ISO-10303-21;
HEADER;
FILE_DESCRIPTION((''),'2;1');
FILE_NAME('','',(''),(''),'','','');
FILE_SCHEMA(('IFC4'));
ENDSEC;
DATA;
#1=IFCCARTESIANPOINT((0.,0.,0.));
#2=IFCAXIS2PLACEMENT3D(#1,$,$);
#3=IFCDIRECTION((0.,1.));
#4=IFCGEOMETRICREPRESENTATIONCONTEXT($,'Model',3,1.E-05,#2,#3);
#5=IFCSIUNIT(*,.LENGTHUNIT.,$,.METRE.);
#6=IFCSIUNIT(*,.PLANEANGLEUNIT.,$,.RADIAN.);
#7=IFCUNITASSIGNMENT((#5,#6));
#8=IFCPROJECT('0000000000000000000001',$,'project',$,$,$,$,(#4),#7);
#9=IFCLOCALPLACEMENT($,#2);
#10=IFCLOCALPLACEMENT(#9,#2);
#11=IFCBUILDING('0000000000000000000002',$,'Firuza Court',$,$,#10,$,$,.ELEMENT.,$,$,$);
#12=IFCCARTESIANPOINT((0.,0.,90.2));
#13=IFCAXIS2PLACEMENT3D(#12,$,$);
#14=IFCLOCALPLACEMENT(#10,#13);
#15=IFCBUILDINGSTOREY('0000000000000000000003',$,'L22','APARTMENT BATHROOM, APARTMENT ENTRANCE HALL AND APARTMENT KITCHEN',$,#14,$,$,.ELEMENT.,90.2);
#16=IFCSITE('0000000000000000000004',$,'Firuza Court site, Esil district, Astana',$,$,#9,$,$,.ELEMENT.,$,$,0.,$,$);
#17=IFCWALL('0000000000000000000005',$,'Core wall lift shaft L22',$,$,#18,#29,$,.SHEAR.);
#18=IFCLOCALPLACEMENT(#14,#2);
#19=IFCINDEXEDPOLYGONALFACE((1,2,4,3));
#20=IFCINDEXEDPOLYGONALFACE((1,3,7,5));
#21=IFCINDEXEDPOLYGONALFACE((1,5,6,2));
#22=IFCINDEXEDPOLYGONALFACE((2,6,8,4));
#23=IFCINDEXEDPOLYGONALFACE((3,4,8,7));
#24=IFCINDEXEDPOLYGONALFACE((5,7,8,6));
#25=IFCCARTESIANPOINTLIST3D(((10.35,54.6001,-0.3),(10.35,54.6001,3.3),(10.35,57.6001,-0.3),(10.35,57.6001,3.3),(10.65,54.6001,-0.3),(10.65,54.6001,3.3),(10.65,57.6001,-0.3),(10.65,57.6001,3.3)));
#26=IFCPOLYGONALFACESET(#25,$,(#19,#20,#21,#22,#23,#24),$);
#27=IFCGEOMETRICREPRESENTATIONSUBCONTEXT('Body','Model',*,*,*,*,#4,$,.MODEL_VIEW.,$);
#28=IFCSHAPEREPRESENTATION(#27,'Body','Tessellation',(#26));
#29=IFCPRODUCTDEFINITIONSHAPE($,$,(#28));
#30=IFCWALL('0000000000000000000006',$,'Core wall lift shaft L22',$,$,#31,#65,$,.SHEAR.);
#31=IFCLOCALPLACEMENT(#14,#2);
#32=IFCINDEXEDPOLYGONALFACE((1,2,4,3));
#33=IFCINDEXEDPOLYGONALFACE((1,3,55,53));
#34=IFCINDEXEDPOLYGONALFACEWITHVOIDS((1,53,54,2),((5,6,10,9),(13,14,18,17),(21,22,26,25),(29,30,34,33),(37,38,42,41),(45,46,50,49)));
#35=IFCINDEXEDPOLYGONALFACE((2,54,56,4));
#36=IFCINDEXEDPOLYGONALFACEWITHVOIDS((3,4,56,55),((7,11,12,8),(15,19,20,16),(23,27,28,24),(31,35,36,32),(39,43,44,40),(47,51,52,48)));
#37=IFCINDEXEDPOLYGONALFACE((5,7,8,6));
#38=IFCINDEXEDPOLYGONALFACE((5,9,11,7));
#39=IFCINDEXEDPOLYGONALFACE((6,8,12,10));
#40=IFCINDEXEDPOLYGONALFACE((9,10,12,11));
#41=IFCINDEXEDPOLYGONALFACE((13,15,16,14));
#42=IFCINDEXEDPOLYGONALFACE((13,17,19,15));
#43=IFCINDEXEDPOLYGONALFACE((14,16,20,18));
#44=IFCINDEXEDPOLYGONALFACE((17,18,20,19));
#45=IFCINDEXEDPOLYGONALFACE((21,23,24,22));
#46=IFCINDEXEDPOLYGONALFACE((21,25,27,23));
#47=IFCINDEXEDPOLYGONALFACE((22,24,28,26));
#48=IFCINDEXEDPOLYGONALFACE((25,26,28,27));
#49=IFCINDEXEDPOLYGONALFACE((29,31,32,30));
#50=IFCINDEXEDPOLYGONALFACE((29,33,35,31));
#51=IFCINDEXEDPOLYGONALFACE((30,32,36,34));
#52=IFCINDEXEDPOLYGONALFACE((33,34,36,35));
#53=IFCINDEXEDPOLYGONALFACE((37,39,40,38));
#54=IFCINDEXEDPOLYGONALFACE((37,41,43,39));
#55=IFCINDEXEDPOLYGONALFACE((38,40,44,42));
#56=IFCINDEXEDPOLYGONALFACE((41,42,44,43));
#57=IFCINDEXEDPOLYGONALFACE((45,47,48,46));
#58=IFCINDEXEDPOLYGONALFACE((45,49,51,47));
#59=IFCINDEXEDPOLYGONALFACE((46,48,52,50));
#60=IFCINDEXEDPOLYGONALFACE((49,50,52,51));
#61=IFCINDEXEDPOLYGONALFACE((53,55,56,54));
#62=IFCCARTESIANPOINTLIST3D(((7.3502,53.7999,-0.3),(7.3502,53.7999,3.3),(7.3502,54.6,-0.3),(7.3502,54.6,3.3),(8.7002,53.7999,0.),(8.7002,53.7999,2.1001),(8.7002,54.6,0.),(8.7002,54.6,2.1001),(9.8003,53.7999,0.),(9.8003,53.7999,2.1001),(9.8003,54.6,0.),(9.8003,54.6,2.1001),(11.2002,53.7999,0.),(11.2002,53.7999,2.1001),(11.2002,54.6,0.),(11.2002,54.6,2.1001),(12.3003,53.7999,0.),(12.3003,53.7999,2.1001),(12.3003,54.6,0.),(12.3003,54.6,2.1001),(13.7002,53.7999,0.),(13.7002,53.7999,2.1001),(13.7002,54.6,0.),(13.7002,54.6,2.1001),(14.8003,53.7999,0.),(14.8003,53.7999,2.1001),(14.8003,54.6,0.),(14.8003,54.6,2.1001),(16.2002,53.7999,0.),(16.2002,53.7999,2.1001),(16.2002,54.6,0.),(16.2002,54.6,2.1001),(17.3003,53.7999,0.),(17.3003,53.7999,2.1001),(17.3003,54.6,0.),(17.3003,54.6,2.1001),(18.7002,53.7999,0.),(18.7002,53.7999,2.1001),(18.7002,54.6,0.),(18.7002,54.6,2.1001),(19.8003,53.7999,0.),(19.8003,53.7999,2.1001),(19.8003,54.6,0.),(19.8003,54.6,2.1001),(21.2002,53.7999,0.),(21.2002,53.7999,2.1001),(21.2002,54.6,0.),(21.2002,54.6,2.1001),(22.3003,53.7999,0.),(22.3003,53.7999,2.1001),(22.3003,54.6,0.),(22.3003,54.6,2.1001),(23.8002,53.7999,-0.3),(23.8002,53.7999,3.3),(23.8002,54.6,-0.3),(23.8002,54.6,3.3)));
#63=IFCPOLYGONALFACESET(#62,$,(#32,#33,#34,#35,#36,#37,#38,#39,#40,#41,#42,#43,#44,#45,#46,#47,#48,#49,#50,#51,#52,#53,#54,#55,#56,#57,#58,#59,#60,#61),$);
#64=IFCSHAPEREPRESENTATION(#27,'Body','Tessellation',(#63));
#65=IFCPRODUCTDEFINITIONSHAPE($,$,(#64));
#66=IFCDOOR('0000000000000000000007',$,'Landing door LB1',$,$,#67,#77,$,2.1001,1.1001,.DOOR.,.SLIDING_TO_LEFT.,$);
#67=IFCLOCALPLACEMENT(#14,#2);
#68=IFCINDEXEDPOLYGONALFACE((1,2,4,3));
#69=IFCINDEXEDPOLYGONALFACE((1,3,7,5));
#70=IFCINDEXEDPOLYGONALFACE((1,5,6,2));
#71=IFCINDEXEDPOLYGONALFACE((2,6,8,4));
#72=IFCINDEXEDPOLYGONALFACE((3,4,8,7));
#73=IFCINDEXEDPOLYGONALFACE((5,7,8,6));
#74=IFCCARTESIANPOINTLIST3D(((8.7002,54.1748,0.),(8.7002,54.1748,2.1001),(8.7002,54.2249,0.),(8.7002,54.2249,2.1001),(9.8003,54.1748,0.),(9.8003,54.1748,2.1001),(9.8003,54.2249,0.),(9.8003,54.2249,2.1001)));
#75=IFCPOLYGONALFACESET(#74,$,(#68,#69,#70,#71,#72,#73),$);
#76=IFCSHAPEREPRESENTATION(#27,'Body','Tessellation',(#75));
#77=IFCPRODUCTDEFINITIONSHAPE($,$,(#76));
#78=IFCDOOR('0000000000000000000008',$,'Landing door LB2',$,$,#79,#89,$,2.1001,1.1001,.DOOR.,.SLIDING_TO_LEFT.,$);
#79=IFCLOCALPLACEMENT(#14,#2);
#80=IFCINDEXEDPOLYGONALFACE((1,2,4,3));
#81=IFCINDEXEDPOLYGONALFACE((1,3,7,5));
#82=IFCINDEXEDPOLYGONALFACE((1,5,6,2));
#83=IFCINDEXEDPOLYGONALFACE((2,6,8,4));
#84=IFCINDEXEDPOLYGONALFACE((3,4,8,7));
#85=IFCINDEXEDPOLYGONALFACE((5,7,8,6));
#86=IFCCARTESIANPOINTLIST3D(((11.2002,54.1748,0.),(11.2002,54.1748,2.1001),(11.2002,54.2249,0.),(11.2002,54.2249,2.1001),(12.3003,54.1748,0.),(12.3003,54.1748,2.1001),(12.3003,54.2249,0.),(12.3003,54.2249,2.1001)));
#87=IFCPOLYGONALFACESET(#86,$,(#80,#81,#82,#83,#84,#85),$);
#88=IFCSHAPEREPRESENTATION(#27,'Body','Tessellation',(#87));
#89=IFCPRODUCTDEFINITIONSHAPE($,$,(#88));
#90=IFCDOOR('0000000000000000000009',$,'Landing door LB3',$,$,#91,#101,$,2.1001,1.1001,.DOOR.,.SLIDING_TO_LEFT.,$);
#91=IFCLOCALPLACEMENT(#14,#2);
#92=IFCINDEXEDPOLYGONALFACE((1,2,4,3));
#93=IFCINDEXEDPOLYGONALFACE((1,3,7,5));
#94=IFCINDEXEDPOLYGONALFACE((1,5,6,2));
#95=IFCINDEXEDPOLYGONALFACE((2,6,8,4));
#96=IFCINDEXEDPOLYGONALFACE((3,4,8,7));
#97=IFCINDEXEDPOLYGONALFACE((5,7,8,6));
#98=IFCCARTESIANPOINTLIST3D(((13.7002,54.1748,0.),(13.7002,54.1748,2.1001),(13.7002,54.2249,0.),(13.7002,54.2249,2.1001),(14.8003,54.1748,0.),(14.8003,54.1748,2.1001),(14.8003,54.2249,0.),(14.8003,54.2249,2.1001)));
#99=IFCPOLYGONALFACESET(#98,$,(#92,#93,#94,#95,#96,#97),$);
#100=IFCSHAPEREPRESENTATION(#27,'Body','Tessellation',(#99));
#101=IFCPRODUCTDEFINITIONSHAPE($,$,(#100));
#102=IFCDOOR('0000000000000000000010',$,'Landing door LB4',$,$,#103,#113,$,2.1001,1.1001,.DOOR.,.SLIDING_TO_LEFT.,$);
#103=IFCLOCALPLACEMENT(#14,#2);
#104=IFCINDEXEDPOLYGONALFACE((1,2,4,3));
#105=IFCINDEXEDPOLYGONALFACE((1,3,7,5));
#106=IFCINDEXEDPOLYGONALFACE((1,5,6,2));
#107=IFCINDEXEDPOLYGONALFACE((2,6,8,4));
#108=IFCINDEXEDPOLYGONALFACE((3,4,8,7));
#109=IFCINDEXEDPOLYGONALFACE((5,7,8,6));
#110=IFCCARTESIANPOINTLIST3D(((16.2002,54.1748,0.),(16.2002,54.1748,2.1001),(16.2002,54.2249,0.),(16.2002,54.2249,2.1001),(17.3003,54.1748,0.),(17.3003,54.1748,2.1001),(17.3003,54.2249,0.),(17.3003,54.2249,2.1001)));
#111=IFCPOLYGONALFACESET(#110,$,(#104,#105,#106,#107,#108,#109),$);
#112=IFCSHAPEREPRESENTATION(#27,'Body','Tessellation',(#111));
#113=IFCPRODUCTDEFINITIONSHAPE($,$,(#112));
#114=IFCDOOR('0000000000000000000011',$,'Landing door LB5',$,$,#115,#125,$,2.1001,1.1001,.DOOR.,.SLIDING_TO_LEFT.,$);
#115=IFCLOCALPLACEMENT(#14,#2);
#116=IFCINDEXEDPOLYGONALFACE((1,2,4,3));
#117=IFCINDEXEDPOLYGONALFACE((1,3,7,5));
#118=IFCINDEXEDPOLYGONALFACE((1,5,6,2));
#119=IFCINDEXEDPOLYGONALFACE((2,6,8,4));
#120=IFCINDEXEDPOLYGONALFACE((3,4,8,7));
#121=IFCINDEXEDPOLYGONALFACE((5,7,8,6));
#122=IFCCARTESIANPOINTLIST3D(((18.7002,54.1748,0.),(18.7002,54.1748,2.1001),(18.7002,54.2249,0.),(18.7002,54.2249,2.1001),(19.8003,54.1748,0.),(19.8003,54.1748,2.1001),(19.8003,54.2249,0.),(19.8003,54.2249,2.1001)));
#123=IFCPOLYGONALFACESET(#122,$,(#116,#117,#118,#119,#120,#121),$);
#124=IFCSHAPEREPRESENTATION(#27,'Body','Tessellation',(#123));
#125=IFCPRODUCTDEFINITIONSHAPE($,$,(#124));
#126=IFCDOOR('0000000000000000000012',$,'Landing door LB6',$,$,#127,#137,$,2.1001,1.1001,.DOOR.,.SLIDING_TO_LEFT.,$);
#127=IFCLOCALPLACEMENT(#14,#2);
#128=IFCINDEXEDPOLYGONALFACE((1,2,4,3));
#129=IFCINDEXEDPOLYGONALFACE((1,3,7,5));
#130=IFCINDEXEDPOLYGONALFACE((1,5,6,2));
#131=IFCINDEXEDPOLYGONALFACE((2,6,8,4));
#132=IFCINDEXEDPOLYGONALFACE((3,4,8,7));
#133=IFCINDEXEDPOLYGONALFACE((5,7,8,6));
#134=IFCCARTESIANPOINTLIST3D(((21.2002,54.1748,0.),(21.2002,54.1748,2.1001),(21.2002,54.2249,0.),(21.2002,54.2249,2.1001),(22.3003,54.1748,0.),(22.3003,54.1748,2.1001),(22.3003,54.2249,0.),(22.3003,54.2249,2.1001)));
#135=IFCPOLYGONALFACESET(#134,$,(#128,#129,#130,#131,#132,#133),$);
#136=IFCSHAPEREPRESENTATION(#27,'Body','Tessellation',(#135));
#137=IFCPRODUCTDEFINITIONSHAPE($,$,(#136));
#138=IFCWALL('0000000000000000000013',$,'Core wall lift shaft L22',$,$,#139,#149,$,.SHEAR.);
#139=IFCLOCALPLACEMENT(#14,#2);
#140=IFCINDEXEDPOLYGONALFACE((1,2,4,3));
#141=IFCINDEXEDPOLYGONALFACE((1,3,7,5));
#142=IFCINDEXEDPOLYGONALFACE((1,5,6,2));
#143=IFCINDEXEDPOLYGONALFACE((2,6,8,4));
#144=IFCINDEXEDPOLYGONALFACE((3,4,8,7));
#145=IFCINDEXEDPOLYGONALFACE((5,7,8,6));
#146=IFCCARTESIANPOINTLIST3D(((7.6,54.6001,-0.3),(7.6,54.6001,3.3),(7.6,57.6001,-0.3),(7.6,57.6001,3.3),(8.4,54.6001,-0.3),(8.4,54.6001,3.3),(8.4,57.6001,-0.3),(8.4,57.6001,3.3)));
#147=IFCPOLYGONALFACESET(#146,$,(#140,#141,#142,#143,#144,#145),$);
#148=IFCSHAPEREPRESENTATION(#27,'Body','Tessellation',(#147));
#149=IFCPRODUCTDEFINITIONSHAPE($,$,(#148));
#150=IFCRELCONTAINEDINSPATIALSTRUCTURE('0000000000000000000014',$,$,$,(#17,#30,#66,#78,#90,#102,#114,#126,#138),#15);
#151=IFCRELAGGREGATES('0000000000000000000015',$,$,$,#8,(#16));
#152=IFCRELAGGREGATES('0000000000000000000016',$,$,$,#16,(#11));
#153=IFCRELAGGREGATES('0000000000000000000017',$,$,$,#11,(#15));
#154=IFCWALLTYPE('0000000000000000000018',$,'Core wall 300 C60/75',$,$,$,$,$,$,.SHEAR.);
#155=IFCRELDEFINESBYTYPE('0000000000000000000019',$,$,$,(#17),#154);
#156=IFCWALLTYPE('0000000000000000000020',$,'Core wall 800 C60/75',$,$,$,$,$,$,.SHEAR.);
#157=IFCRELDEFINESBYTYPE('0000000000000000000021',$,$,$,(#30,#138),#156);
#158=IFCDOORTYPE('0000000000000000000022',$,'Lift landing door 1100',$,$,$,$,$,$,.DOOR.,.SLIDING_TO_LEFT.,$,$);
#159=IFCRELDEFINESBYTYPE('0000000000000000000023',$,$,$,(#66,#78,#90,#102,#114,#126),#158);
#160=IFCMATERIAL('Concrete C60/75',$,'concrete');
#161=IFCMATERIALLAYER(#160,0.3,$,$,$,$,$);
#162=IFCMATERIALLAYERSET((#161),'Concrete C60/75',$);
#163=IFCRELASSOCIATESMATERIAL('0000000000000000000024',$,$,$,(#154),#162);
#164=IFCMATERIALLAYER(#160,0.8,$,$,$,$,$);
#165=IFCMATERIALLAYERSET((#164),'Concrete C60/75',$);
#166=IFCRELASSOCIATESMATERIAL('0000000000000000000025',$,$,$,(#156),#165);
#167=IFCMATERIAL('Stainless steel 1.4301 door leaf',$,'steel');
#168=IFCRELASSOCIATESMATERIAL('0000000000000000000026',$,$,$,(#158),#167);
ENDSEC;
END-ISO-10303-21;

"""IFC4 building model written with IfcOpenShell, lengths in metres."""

from ifc_helpers import new_model, si_unit, direction, frame, frame_2d, origin, place, context, subcontext, project, spatial, rectangle, extrude, material, layer, layer_set, type_object, element, fill, save


model = new_model("IFC4")

# Units and contexts
model_context = context("Model", 3, precision=1e-05, world=origin(), true_north=direction((0.0, 1.0)))
body_context = subcontext(model_context, "Body", "Model", "MODEL_VIEW")
ifc_project = project(units=[si_unit("LENGTHUNIT", "METRE"), si_unit("PLANEANGLEUNIT", "RADIAN")], contexts=[model_context])

# Site, building, storey
site_placement = place(None, origin())
site = spatial("IfcSite", under=ifc_project, at=site_placement, Name="Firuza Court site, Esil district, Astana", CompositionType="ELEMENT", RefElevation=0.0)
building_placement = place(site_placement, origin())
building = spatial("IfcBuilding", under=site, at=building_placement, Name="Firuza Court", CompositionType="ELEMENT")
storey_placement = place(building_placement, frame((0.0, 0.0, 90.2)))
storey = spatial("IfcBuildingStorey", under=building, at=storey_placement, Name="L22", Description="APARTMENT BATHROOM, APARTMENT ENTRANCE HALL AND APARTMENT KITCHEN", CompositionType="ELEMENT", Elevation=90.2)

# Wall
ifc_material_1 = material(Name="Concrete C60/75", Category="concrete")
ifc_layer_1 = layer(ifc_material_1, 0.3)
ifc_layer_set_1 = layer_set([ifc_layer_1], Name="Concrete C60/75")
wall_type_1 = type_object("IfcWallType", Name="Core wall 300 C60/75", PredefinedType="SHEAR", material=ifc_layer_set_1)
wall_1_placement = place(storey_placement, frame((10.5, 54.6001, -0.3), z_axis=(0.0, 0.0, 1.0), x_axis=(0.0, 1.0, 0.0)))
element("IfcWall", 1, at=wall_1_placement, inside=storey, type_object=wall_type_1, Name="Core wall lift shaft L22", PredefinedType="SHEAR", context=body_context, shape_type="SweptSolid", body=[
    extrude(rectangle(XDim=3.0, YDim=0.3, at=frame_2d((1.5, 0.0))), origin(), (0.0, 0.0, 1.0), 3.6001),
])

# Wall, openings, doors
ifc_layer_2 = layer(ifc_material_1, 0.8)
ifc_layer_set_2 = layer_set([ifc_layer_2], Name="Concrete C60/75")
wall_type_2 = type_object("IfcWallType", Name="Core wall 800 C60/75", PredefinedType="SHEAR", material=ifc_layer_set_2)
wall_2_placement = place(storey_placement, frame((7.3501, 54.2, -0.3), z_axis=(0.0, 0.0, 1.0), x_axis=(1.0, 0.0, 0.0)))
wall_2 = element("IfcWall", 2, at=wall_2_placement, inside=storey, type_object=wall_type_2, Name="Core wall lift shaft L22", PredefinedType="SHEAR", context=body_context, shape_type="SweptSolid", body=[
    extrude(rectangle(XDim=16.45, YDim=0.8, at=frame_2d((8.2251, 0.0))), origin(), (0.0, 0.0, 1.0), 3.6001),
])
opening_1_placement = place(wall_2_placement, frame((1.3501, 0.0, 0.3)))
opening_1 = element("IfcOpeningElement", 3, at=opening_1_placement, cuts=wall_2, PredefinedType="OPENING", context=body_context, shape_type="SweptSolid", body=[
    extrude(rectangle(XDim=1.1001, YDim=2.1001, at=frame_2d((0.55, 1.05))), frame((0.0, 0.4121, 0.0), z_axis=(0.0, -1.0, 0.0), x_axis=(1.0, 0.0, 0.0)), (0.0, 0.0, 1.0), 0.824),
])
opening_2_placement = place(wall_2_placement, frame((3.8501, 0.0, 0.3)))
opening_2 = element("IfcOpeningElement", 4, at=opening_2_placement, cuts=wall_2, PredefinedType="OPENING", context=body_context, shape_type="SweptSolid", body=[
    extrude(rectangle(XDim=1.1001, YDim=2.1001, at=frame_2d((0.55, 1.05))), frame((0.0, 0.4121, 0.0), z_axis=(0.0, -1.0, 0.0), x_axis=(1.0, 0.0, 0.0)), (0.0, 0.0, 1.0), 0.824),
])
opening_3_placement = place(wall_2_placement, frame((6.3501, 0.0, 0.3)))
opening_3 = element("IfcOpeningElement", 5, at=opening_3_placement, cuts=wall_2, PredefinedType="OPENING", context=body_context, shape_type="SweptSolid", body=[
    extrude(rectangle(XDim=1.1001, YDim=2.1001, at=frame_2d((0.55, 1.05))), frame((0.0, 0.4121, 0.0), z_axis=(0.0, -1.0, 0.0), x_axis=(1.0, 0.0, 0.0)), (0.0, 0.0, 1.0), 0.824),
])
opening_4_placement = place(wall_2_placement, frame((8.8501, 0.0, 0.3)))
opening_4 = element("IfcOpeningElement", 6, at=opening_4_placement, cuts=wall_2, PredefinedType="OPENING", context=body_context, shape_type="SweptSolid", body=[
    extrude(rectangle(XDim=1.1001, YDim=2.1001, at=frame_2d((0.55, 1.05))), frame((0.0, 0.4121, 0.0), z_axis=(0.0, -1.0, 0.0), x_axis=(1.0, 0.0, 0.0)), (0.0, 0.0, 1.0), 0.824),
])
opening_5_placement = place(wall_2_placement, frame((11.3501, 0.0, 0.3)))
opening_5 = element("IfcOpeningElement", 7, at=opening_5_placement, cuts=wall_2, PredefinedType="OPENING", context=body_context, shape_type="SweptSolid", body=[
    extrude(rectangle(XDim=1.1001, YDim=2.1001, at=frame_2d((0.55, 1.05))), frame((0.0, 0.4121, 0.0), z_axis=(0.0, -1.0, 0.0), x_axis=(1.0, 0.0, 0.0)), (0.0, 0.0, 1.0), 0.824),
])
opening_6_placement = place(wall_2_placement, frame((13.8501, 0.0, 0.3)))
opening_6 = element("IfcOpeningElement", 8, at=opening_6_placement, cuts=wall_2, PredefinedType="OPENING", context=body_context, shape_type="SweptSolid", body=[
    extrude(rectangle(XDim=1.1001, YDim=2.1001, at=frame_2d((0.55, 1.05))), frame((0.0, 0.4121, 0.0), z_axis=(0.0, -1.0, 0.0), x_axis=(1.0, 0.0, 0.0)), (0.0, 0.0, 1.0), 0.824),
])
ifc_material_2 = material(Name="Stainless steel 1.4301 door leaf", Category="steel")
door_type_1 = type_object("IfcDoorType", Name="Lift landing door 1100", OperationType="SLIDING_TO_LEFT", PredefinedType="DOOR", material=ifc_material_2)
door_1_placement = place(opening_1_placement, origin())
door_1 = element("IfcDoor", 9, at=door_1_placement, inside=storey, type_object=door_type_1, Name="Landing door LB1", OperationType="SLIDING_TO_LEFT", OverallHeight=2.1001, OverallWidth=1.1001, PredefinedType="DOOR", context=body_context, shape_type="SweptSolid", body=[
    extrude(rectangle(XDim=1.1001, YDim=2.1001, at=frame_2d((0.55, 1.05))), frame((0.0, 0.0249, 0.0), z_axis=(0.0, -1.0, 0.0), x_axis=(1.0, 0.0, 0.0)), (0.0, 0.0, 1.0), 0.05),
])
fill(opening_1, door_1)
door_2_placement = place(opening_2_placement, origin())
door_2 = element("IfcDoor", 10, at=door_2_placement, inside=storey, type_object=door_type_1, Name="Landing door LB2", OperationType="SLIDING_TO_LEFT", OverallHeight=2.1001, OverallWidth=1.1001, PredefinedType="DOOR", context=body_context, shape_type="SweptSolid", body=[
    extrude(rectangle(XDim=1.1001, YDim=2.1001, at=frame_2d((0.55, 1.05))), frame((0.0, 0.0249, 0.0), z_axis=(0.0, -1.0, 0.0), x_axis=(1.0, 0.0, 0.0)), (0.0, 0.0, 1.0), 0.05),
])
fill(opening_2, door_2)
door_3_placement = place(opening_3_placement, origin())
door_3 = element("IfcDoor", 11, at=door_3_placement, inside=storey, type_object=door_type_1, Name="Landing door LB3", OperationType="SLIDING_TO_LEFT", OverallHeight=2.1001, OverallWidth=1.1001, PredefinedType="DOOR", context=body_context, shape_type="SweptSolid", body=[
    extrude(rectangle(XDim=1.1001, YDim=2.1001, at=frame_2d((0.55, 1.05))), frame((0.0, 0.0249, 0.0), z_axis=(0.0, -1.0, 0.0), x_axis=(1.0, 0.0, 0.0)), (0.0, 0.0, 1.0), 0.05),
])
fill(opening_3, door_3)
door_4_placement = place(opening_4_placement, origin())
door_4 = element("IfcDoor", 12, at=door_4_placement, inside=storey, type_object=door_type_1, Name="Landing door LB4", OperationType="SLIDING_TO_LEFT", OverallHeight=2.1001, OverallWidth=1.1001, PredefinedType="DOOR", context=body_context, shape_type="SweptSolid", body=[
    extrude(rectangle(XDim=1.1001, YDim=2.1001, at=frame_2d((0.55, 1.05))), frame((0.0, 0.0249, 0.0), z_axis=(0.0, -1.0, 0.0), x_axis=(1.0, 0.0, 0.0)), (0.0, 0.0, 1.0), 0.05),
])
fill(opening_4, door_4)
door_5_placement = place(opening_5_placement, origin())
door_5 = element("IfcDoor", 13, at=door_5_placement, inside=storey, type_object=door_type_1, Name="Landing door LB5", OperationType="SLIDING_TO_LEFT", OverallHeight=2.1001, OverallWidth=1.1001, PredefinedType="DOOR", context=body_context, shape_type="SweptSolid", body=[
    extrude(rectangle(XDim=1.1001, YDim=2.1001, at=frame_2d((0.55, 1.05))), frame((0.0, 0.0249, 0.0), z_axis=(0.0, -1.0, 0.0), x_axis=(1.0, 0.0, 0.0)), (0.0, 0.0, 1.0), 0.05),
])
fill(opening_5, door_5)
door_6_placement = place(opening_6_placement, origin())
door_6 = element("IfcDoor", 14, at=door_6_placement, inside=storey, type_object=door_type_1, Name="Landing door LB6", OperationType="SLIDING_TO_LEFT", OverallHeight=2.1001, OverallWidth=1.1001, PredefinedType="DOOR", context=body_context, shape_type="SweptSolid", body=[
    extrude(rectangle(XDim=1.1001, YDim=2.1001, at=frame_2d((0.55, 1.05))), frame((0.0, 0.0249, 0.0), z_axis=(0.0, -1.0, 0.0), x_axis=(1.0, 0.0, 0.0)), (0.0, 0.0, 1.0), 0.05),
])
fill(opening_6, door_6)

# Wall
wall_3_placement = place(storey_placement, frame((8.0, 54.6001, -0.3), z_axis=(0.0, 0.0, 1.0), x_axis=(0.0, 1.0, 0.0)))
element("IfcWall", 15, at=wall_3_placement, inside=storey, type_object=wall_type_2, Name="Core wall lift shaft L22", PredefinedType="SHEAR", context=body_context, shape_type="SweptSolid", body=[
    extrude(rectangle(XDim=3.0, YDim=0.8, at=frame_2d((1.5, 0.0))), origin(), (0.0, 0.0, 1.0), 3.6001),
])

save(model, "model.ifc")
